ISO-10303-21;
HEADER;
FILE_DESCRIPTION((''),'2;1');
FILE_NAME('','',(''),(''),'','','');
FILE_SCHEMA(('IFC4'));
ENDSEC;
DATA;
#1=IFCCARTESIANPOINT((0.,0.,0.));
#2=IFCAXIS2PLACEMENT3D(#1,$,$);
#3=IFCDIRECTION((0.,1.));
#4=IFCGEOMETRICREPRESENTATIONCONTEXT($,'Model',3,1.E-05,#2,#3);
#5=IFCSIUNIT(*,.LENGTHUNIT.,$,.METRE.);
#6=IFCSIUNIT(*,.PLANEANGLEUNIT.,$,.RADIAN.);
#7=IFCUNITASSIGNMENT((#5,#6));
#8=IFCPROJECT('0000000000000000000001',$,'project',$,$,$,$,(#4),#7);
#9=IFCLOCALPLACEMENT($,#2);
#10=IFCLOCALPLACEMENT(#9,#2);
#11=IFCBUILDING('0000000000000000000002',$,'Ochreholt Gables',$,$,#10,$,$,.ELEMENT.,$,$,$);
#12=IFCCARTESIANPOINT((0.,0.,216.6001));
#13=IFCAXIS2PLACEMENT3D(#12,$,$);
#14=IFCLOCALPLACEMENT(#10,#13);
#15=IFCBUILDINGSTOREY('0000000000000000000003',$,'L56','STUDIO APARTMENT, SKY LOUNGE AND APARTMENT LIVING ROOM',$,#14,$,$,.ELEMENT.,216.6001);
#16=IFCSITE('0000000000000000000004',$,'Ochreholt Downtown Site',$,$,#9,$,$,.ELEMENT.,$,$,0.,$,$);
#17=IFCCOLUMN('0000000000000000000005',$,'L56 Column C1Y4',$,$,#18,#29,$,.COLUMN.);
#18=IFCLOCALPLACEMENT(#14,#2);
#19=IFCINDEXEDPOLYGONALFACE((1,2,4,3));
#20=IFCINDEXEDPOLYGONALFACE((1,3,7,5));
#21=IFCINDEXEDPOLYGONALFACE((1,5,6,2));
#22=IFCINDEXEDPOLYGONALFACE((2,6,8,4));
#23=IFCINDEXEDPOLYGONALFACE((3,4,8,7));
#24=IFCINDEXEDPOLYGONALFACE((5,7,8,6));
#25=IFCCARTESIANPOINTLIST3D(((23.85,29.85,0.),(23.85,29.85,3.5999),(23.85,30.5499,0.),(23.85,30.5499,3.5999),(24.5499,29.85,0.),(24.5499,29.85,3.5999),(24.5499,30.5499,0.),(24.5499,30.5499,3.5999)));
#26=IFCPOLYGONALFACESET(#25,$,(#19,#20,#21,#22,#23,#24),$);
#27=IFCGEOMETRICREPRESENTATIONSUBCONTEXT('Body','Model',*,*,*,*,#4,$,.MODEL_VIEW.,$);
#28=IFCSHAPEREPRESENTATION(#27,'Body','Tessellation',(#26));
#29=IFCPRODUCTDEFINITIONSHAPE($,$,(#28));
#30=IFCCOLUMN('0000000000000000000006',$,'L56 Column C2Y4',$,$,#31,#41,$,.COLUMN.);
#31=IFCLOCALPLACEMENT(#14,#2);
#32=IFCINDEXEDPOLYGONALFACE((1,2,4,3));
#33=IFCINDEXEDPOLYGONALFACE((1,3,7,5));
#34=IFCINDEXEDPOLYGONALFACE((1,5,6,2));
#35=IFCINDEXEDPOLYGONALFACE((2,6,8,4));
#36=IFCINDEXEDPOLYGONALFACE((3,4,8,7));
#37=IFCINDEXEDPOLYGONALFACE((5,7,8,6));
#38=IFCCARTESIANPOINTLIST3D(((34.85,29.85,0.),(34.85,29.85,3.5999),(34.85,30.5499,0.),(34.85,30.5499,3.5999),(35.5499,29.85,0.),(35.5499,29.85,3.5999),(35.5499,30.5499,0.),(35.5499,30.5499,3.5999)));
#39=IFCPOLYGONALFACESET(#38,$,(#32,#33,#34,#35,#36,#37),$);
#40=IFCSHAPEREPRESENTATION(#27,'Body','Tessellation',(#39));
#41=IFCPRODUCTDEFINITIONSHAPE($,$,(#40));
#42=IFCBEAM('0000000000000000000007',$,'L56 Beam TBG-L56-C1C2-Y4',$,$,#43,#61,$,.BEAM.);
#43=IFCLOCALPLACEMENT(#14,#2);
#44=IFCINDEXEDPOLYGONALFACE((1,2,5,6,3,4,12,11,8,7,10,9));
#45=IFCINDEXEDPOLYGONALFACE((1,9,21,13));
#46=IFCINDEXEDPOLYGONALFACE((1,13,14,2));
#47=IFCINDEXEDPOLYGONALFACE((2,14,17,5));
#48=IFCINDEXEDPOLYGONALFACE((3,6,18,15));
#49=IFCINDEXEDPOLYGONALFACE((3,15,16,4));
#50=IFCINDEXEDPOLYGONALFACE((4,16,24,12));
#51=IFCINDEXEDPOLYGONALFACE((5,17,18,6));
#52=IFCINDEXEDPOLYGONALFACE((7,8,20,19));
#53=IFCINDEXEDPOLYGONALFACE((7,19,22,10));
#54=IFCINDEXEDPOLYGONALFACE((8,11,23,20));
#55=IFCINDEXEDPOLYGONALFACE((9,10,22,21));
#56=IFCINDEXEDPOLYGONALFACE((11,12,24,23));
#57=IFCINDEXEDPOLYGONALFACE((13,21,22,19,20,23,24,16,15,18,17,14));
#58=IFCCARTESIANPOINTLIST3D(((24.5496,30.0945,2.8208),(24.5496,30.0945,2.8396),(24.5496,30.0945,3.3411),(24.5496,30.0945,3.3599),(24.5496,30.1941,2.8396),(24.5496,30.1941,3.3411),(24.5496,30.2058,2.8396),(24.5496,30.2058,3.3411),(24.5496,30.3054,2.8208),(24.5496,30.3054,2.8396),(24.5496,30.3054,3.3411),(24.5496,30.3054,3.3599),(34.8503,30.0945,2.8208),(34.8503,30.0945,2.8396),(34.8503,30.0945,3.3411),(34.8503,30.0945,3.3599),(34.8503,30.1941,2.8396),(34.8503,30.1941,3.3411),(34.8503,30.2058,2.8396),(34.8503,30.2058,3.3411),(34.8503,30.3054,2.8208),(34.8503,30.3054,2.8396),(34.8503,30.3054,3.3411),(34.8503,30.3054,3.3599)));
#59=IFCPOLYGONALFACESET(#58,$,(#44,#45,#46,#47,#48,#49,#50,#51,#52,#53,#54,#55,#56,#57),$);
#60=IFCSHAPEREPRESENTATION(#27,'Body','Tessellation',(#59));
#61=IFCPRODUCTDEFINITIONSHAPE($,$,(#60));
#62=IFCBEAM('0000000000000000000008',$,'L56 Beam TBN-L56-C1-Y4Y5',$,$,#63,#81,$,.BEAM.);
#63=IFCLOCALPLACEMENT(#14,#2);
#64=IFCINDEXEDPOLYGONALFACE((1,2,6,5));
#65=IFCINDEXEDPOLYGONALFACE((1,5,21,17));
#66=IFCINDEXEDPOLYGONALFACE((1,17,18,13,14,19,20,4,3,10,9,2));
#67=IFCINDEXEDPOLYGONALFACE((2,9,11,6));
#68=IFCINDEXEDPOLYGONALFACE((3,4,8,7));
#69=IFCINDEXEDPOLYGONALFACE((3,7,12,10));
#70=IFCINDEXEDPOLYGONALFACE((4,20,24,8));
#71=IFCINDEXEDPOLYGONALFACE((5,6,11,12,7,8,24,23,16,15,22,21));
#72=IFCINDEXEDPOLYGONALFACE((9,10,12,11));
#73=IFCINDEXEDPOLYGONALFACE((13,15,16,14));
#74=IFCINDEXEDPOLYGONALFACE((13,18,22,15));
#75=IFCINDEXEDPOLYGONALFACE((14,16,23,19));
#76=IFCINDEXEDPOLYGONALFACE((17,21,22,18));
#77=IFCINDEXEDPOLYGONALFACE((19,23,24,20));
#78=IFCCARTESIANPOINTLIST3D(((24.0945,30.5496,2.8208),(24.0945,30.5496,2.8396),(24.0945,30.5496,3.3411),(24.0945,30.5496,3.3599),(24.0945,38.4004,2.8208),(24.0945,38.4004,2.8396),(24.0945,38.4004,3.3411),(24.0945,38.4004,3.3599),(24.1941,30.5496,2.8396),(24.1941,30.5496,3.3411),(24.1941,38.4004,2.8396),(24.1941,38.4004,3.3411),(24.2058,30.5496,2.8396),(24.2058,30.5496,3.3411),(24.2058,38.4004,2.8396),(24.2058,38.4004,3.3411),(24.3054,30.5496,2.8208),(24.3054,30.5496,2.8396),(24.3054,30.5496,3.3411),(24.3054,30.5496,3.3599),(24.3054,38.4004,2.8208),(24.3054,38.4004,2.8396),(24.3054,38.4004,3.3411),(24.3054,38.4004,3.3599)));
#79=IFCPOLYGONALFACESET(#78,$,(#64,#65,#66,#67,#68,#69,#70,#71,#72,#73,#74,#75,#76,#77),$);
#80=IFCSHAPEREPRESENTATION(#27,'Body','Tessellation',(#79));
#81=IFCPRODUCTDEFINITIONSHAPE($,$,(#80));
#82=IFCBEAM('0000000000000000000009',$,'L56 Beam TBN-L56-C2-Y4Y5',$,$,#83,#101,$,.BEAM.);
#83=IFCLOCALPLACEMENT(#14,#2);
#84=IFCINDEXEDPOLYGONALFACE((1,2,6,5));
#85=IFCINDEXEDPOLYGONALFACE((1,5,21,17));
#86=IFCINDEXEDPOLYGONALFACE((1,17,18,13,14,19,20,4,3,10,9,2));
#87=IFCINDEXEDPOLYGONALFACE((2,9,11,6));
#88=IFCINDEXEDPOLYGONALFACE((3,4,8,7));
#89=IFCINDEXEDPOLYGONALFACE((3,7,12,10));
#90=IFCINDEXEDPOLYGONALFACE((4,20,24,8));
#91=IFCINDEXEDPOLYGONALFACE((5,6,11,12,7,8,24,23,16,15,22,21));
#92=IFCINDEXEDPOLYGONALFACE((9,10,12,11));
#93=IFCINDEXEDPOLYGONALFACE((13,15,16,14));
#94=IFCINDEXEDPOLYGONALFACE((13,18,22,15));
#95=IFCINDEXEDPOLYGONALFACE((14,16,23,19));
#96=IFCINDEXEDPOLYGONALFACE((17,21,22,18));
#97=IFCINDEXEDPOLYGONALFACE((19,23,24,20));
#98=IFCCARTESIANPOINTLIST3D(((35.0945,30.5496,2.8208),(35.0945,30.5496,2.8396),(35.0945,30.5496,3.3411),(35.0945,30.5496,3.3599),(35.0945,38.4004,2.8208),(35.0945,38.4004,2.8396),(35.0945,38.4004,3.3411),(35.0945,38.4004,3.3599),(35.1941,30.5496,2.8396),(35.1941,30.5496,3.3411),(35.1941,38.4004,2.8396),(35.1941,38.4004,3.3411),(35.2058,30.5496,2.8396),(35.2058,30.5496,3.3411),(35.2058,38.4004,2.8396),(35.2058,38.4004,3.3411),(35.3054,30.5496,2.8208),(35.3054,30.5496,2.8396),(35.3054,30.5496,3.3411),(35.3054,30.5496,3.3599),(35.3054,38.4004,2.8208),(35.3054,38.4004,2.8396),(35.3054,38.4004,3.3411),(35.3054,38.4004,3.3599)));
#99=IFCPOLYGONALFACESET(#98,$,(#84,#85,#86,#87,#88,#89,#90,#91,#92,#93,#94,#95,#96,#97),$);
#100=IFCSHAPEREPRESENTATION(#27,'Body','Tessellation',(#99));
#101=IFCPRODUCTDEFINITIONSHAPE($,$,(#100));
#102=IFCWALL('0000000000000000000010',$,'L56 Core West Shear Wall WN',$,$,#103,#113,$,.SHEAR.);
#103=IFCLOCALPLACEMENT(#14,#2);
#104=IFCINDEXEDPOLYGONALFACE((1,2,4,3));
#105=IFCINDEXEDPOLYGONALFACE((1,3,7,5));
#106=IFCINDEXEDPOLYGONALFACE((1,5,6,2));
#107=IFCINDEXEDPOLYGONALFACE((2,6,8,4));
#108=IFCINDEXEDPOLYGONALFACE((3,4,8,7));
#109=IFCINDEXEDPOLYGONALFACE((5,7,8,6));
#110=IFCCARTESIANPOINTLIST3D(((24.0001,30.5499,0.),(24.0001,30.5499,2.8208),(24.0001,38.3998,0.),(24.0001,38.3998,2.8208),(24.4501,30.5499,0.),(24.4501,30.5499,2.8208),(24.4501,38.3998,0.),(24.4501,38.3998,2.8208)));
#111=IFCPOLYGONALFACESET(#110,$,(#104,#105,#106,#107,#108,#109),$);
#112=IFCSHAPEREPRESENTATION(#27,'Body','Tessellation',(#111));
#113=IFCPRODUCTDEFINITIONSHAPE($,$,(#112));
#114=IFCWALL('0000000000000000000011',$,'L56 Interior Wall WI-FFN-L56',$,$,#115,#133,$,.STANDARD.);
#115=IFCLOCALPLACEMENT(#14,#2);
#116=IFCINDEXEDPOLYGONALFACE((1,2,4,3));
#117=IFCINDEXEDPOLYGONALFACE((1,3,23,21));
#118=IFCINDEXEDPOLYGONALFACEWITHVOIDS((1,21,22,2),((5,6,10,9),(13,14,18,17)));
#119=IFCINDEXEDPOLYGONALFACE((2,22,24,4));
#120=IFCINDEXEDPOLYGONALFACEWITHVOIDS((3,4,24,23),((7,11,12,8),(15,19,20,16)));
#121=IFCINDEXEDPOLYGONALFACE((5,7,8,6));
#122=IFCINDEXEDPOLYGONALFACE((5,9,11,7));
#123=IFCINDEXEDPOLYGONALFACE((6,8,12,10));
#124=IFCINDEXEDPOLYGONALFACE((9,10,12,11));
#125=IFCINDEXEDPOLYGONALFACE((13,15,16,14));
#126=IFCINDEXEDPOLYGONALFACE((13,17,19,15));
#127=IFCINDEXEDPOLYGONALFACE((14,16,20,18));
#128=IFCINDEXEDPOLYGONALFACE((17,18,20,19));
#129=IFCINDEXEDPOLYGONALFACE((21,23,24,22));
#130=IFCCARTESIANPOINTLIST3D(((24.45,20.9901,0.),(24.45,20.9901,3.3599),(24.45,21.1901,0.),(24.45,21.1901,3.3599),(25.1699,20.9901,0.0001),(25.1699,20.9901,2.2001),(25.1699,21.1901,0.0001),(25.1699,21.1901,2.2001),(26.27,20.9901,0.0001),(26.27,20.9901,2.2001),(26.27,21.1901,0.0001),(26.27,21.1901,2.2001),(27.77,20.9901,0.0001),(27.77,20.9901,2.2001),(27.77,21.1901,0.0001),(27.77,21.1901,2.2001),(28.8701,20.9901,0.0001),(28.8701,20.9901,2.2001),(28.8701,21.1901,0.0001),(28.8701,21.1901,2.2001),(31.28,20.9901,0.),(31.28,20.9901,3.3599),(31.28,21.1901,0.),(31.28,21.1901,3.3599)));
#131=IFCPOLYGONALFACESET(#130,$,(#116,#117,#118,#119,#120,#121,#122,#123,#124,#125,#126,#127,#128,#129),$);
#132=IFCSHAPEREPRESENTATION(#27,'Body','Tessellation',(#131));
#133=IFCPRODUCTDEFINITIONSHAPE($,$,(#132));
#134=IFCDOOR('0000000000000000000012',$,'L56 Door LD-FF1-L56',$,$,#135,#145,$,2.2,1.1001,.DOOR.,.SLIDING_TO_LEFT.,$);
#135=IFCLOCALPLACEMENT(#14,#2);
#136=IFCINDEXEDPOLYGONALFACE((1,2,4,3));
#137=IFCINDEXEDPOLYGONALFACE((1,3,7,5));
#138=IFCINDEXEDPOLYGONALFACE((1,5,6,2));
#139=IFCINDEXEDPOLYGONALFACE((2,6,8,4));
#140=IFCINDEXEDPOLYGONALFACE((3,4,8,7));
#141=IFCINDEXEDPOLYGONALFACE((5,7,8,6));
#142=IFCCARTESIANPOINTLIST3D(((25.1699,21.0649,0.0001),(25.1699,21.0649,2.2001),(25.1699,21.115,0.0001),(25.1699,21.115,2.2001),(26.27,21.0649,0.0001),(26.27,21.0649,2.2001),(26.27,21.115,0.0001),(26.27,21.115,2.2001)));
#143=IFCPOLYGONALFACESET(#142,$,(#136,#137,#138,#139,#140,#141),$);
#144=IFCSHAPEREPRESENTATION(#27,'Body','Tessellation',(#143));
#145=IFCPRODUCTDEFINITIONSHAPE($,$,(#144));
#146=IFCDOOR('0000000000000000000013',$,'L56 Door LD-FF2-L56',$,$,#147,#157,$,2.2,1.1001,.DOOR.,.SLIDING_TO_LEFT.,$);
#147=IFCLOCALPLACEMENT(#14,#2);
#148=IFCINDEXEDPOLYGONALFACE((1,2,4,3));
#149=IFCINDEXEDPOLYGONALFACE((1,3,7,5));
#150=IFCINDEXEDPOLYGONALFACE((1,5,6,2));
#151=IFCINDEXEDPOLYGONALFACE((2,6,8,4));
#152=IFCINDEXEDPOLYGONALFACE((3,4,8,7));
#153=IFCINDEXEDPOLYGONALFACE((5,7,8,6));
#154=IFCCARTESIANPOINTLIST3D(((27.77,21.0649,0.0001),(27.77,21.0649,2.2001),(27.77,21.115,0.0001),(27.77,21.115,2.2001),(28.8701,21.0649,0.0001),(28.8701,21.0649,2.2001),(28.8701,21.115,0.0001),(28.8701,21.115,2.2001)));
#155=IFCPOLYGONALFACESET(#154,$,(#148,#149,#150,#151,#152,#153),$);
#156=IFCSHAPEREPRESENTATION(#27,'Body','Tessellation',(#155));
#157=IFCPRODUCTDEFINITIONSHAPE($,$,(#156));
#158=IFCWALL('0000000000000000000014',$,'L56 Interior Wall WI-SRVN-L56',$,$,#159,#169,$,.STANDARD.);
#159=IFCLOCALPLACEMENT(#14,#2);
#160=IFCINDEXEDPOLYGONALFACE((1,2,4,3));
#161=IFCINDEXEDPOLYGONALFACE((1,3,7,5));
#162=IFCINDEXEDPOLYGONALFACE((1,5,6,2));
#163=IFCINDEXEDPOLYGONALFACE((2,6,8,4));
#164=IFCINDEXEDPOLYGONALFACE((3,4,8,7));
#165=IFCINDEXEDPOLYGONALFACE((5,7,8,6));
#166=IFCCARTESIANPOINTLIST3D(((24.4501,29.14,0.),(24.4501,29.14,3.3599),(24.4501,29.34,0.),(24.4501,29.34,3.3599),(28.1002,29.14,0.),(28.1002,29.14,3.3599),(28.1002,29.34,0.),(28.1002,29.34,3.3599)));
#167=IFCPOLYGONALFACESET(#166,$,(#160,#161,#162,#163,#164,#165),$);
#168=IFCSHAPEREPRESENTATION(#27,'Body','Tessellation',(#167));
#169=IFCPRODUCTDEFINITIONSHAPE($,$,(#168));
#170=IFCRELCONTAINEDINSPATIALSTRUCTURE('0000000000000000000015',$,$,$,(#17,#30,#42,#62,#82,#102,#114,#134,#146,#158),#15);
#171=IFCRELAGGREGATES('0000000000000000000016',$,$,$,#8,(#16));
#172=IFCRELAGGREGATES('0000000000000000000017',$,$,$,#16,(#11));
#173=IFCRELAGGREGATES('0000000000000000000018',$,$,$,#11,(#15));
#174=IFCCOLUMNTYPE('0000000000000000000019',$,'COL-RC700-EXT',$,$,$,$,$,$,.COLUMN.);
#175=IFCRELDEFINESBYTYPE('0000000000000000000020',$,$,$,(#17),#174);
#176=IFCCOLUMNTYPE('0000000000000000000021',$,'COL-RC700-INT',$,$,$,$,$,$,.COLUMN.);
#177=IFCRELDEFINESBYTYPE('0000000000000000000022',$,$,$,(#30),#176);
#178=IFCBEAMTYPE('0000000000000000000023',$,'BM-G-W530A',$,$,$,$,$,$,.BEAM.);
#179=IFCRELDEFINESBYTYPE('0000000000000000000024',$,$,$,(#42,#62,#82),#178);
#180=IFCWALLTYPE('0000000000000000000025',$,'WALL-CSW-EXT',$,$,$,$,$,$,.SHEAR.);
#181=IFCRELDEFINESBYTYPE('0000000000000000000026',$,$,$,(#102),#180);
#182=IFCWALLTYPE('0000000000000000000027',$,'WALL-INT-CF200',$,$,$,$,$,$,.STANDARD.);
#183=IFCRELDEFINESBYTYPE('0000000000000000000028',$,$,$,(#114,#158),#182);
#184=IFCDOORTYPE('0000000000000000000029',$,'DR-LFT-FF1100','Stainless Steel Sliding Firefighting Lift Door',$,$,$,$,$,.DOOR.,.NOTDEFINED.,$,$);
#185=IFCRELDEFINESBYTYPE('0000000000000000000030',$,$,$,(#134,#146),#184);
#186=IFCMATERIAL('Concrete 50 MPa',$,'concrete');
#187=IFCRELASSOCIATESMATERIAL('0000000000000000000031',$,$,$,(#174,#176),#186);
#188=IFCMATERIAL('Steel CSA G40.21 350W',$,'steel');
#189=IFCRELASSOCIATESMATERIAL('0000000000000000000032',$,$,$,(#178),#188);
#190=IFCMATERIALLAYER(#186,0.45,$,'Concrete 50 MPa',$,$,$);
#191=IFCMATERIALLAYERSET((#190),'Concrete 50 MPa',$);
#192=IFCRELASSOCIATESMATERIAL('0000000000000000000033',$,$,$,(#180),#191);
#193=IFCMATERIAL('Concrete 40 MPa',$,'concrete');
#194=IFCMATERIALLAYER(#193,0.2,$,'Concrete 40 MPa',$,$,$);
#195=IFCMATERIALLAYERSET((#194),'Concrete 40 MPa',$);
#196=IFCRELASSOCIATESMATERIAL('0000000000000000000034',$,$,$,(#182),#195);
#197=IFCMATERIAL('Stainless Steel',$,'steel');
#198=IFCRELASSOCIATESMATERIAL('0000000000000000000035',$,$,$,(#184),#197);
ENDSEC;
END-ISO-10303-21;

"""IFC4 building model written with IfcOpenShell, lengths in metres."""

from ifc_helpers import new_model, si_unit, direction, frame, frame_2d, origin, origin_2d, place, context, subcontext, project, spatial, rectangle, i_section, extrude, material, layer, layer_set, material_profile, profile_set, type_object, element, fill, save


model = new_model("IFC4")

# Units and contexts
model_context = context("Model", 3, precision=1e-05, world=origin(), true_north=direction((0.0, 1.0)))
body_context = subcontext(model_context, "Body", "Model", "MODEL_VIEW")
ifc_project = project(units=[si_unit("LENGTHUNIT", "METRE"), si_unit("PLANEANGLEUNIT", "RADIAN")], contexts=[model_context])

# Site, building, storey
site_placement = place(None, origin())
site = spatial("IfcSite", under=ifc_project, at=site_placement, Name="Ochreholt Downtown Site", CompositionType="ELEMENT", RefElevation=0.0)
building_placement = place(site_placement, origin())
building = spatial("IfcBuilding", under=site, at=building_placement, Name="Ochreholt Gables", CompositionType="ELEMENT")
storey_placement = place(building_placement, frame((0.0, 0.0, 216.6001)))
storey = spatial("IfcBuildingStorey", under=building, at=storey_placement, Name="L56", Description="STUDIO APARTMENT, SKY LOUNGE AND APARTMENT LIVING ROOM", CompositionType="ELEMENT", Elevation=216.6001)

# Columns
ifc_material_1 = material(Name="Concrete 50 MPa", Category="concrete")
ifc_material_profile_1 = material_profile(ifc_material_1, rectangle(XDim=0.7, YDim=0.7, at=origin_2d()), Name="RC700X700")
ifc_profile_set_1 = profile_set([ifc_material_profile_1], Name="Concrete 50 MPa")
column_type_1 = type_object("IfcColumnType", Name="COL-RC700-EXT", PredefinedType="COLUMN", material=ifc_profile_set_1)
column_1_placement = place(storey_placement, frame((24.2, 30.2, 0.0), z_axis=(0.0, 0.0, 1.0), x_axis=(1.0, 0.0, 0.0)))
element("IfcColumn", 1, at=column_1_placement, inside=storey, type_object=column_type_1, Name="L56 Column C1Y4", PredefinedType="COLUMN", context=body_context, shape_type="SweptSolid", body=[
    extrude(rectangle(XDim=0.7, YDim=0.7, at=origin_2d()), origin(), (0.0, 0.0, 1.0), 3.5999),
])
ifc_material_profile_2 = material_profile(ifc_material_1, rectangle(XDim=0.7, YDim=0.7, at=origin_2d()), Name="RC700X700")
ifc_profile_set_2 = profile_set([ifc_material_profile_2], Name="Concrete 50 MPa")
column_type_2 = type_object("IfcColumnType", Name="COL-RC700-INT", PredefinedType="COLUMN", material=ifc_profile_set_2)
column_2_placement = place(storey_placement, frame((35.2, 30.2, 0.0), z_axis=(0.0, 0.0, 1.0), x_axis=(1.0, 0.0, 0.0)))
element("IfcColumn", 2, at=column_2_placement, inside=storey, type_object=column_type_2, Name="L56 Column C2Y4", PredefinedType="COLUMN", context=body_context, shape_type="SweptSolid", body=[
    extrude(rectangle(XDim=0.7, YDim=0.7, at=origin_2d()), origin(), (0.0, 0.0, 1.0), 3.5999),
])

# Beams
ifc_material_2 = material(Name="Steel CSA G40.21 350W", Category="steel")
ifc_material_profile_3 = material_profile(ifc_material_2, i_section(OverallWidth=0.2109, OverallDepth=0.5391, WebThickness=0.0117, FlangeThickness=0.0188, at=origin_2d()), Name="W530X109")
ifc_profile_set_3 = profile_set([ifc_material_profile_3], Name="Steel CSA G40.21 350W")
beam_type = type_object("IfcBeamType", Name="BM-G-W530A", PredefinedType="BEAM", material=ifc_profile_set_3)
beam_placement = place(storey_placement, frame((24.5496, 30.2, 3.0903), z_axis=(1.0, 0.0, 0.0), x_axis=(0.0, 1.0, 0.0)))
element("IfcBeam", 3, at=beam_placement, inside=storey, type_object=beam_type, Name="L56 Beam TBG-L56-C1C2-Y4", PredefinedType="BEAM", context=body_context, shape_type="SweptSolid", body=[
    extrude(i_section(OverallWidth=0.2109, OverallDepth=0.5391, WebThickness=0.0117, FlangeThickness=0.0188, at=origin_2d()), origin(), (0.0, 0.0, 1.0), 10.3008),
])
for number, where, z_axis, x_axis, name in (
    (4, (24.2, 30.5496, 3.0903), (0.0, 1.0, 0.0), (-1.0, 0.0, 0.0), "L56 Beam TBN-L56-C1-Y4Y5"),
    (5, (35.2, 30.5496, 3.0903), (0.0, 1.0, 0.0), (-1.0, 0.0, 0.0), "L56 Beam TBN-L56-C2-Y4Y5"),
):
    element("IfcBeam", number, at=place(storey_placement, frame(where, z_axis=z_axis, x_axis=x_axis)), inside=storey, type_object=beam_type, Name=name, PredefinedType="BEAM", context=body_context, shape_type="SweptSolid", body=[
        extrude(i_section(OverallWidth=0.2109, OverallDepth=0.5391, WebThickness=0.0117, FlangeThickness=0.0188, at=origin_2d()), origin(), (0.0, 0.0, 1.0), 7.8508),
    ])

# Wall
ifc_layer_1 = layer(ifc_material_1, 0.45, Name="Concrete 50 MPa")
ifc_layer_set_1 = layer_set([ifc_layer_1], Name="Concrete 50 MPa")
wall_type_1 = type_object("IfcWallType", Name="WALL-CSW-EXT", PredefinedType="SHEAR", material=ifc_layer_set_1)
wall_1_placement = place(storey_placement, frame((24.2251, 30.55, 0.0), z_axis=(0.0, 0.0, 1.0), x_axis=(0.0, 1.0, 0.0)))
element("IfcWall", 6, at=wall_1_placement, inside=storey, type_object=wall_type_1, Name="L56 Core West Shear Wall WN", PredefinedType="SHEAR", context=body_context, shape_type="SweptSolid", body=[
    extrude(rectangle(XDim=7.8499, YDim=0.45, at=frame_2d((3.9248, 0.0))), origin(), (0.0, 0.0, 1.0), 2.8208),
])

# Wall, openings, doors
ifc_material_3 = material(Name="Concrete 40 MPa", Category="concrete")
ifc_layer_2 = layer(ifc_material_3, 0.2, Name="Concrete 40 MPa")
ifc_layer_set_2 = layer_set([ifc_layer_2], Name="Concrete 40 MPa")
wall_type_2 = type_object("IfcWallType", Name="WALL-INT-CF200", PredefinedType="STANDARD", material=ifc_layer_set_2)
wall_2_placement = place(storey_placement, frame((24.45, 21.0901, 0.0), z_axis=(0.0, 0.0, 1.0), x_axis=(1.0, 0.0, 0.0)))
wall_2 = element("IfcWall", 7, at=wall_2_placement, inside=storey, type_object=wall_type_2, Name="L56 Interior Wall WI-FFN-L56", PredefinedType="STANDARD", context=body_context, shape_type="SweptSolid", body=[
    extrude(rectangle(XDim=6.8301, YDim=0.2, at=frame_2d((3.415, 0.0))), origin(), (0.0, 0.0, 1.0), 3.3599),
])
opening_1_placement = place(wall_2_placement, frame((0.72, 0.0, 0.0)))
opening_1 = element("IfcOpeningElement", 8, at=opening_1_placement, cuts=wall_2, PredefinedType="OPENING", context=body_context, shape_type="SweptSolid", body=[
    extrude(rectangle(XDim=1.1001, YDim=2.2, at=frame_2d((0.55, 1.1001))), frame((0.0, 0.1099, 0.0), z_axis=(0.0, -1.0, 0.0), x_axis=(1.0, 0.0, 0.0)), (0.0, 0.0, 1.0), 0.22),
])
opening_2_placement = place(wall_2_placement, frame((3.3201, 0.0, 0.0)))
opening_2 = element("IfcOpeningElement", 9, at=opening_2_placement, cuts=wall_2, PredefinedType="OPENING", context=body_context, shape_type="SweptSolid", body=[
    extrude(rectangle(XDim=1.1001, YDim=2.2, at=frame_2d((0.55, 1.1001))), frame((0.0, 0.1099, 0.0), z_axis=(0.0, -1.0, 0.0), x_axis=(1.0, 0.0, 0.0)), (0.0, 0.0, 1.0), 0.22),
])
ifc_material_4 = material(Name="Stainless Steel", Category="steel")
door_type_1 = type_object("IfcDoorType", Name="DR-LFT-FF1100", Description="Stainless Steel Sliding Firefighting Lift Door", OperationType="NOTDEFINED", PredefinedType="DOOR", material=ifc_material_4)
door_1_placement = place(opening_1_placement, origin())
door_1 = element("IfcDoor", 10, at=door_1_placement, inside=storey, type_object=door_type_1, Name="L56 Door LD-FF1-L56", OperationType="SLIDING_TO_LEFT", OverallHeight=2.2, OverallWidth=1.1001, PredefinedType="DOOR", context=body_context, shape_type="SweptSolid", body=[
    extrude(rectangle(XDim=1.1001, YDim=2.2, at=frame_2d((0.55, 1.1001))), frame((0.0, 0.0249, 0.0), z_axis=(0.0, -1.0, 0.0), x_axis=(1.0, 0.0, 0.0)), (0.0, 0.0, 1.0), 0.05),
])
fill(opening_1, door_1)
door_2_placement = place(opening_2_placement, origin())
door_2 = element("IfcDoor", 11, at=door_2_placement, inside=storey, type_object=door_type_1, Name="L56 Door LD-FF2-L56", OperationType="SLIDING_TO_LEFT", OverallHeight=2.2, OverallWidth=1.1001, PredefinedType="DOOR", context=body_context, shape_type="SweptSolid", body=[
    extrude(rectangle(XDim=1.1001, YDim=2.2, at=frame_2d((0.55, 1.1001))), frame((0.0, 0.0249, 0.0), z_axis=(0.0, -1.0, 0.0), x_axis=(1.0, 0.0, 0.0)), (0.0, 0.0, 1.0), 0.05),
])
fill(opening_2, door_2)

# Wall
wall_3_placement = place(storey_placement, frame((24.45, 29.24, 0.0), z_axis=(0.0, 0.0, 1.0), x_axis=(1.0, 0.0, 0.0)))
element("IfcWall", 12, at=wall_3_placement, inside=storey, type_object=wall_type_2, Name="L56 Interior Wall WI-SRVN-L56", PredefinedType="STANDARD", context=body_context, shape_type="SweptSolid", body=[
    extrude(rectangle(XDim=3.6501, YDim=0.2, at=frame_2d((1.8252, 0.0))), origin(), (0.0, 0.0, 1.0), 3.3599),
])

save(model, "model.ifc")
